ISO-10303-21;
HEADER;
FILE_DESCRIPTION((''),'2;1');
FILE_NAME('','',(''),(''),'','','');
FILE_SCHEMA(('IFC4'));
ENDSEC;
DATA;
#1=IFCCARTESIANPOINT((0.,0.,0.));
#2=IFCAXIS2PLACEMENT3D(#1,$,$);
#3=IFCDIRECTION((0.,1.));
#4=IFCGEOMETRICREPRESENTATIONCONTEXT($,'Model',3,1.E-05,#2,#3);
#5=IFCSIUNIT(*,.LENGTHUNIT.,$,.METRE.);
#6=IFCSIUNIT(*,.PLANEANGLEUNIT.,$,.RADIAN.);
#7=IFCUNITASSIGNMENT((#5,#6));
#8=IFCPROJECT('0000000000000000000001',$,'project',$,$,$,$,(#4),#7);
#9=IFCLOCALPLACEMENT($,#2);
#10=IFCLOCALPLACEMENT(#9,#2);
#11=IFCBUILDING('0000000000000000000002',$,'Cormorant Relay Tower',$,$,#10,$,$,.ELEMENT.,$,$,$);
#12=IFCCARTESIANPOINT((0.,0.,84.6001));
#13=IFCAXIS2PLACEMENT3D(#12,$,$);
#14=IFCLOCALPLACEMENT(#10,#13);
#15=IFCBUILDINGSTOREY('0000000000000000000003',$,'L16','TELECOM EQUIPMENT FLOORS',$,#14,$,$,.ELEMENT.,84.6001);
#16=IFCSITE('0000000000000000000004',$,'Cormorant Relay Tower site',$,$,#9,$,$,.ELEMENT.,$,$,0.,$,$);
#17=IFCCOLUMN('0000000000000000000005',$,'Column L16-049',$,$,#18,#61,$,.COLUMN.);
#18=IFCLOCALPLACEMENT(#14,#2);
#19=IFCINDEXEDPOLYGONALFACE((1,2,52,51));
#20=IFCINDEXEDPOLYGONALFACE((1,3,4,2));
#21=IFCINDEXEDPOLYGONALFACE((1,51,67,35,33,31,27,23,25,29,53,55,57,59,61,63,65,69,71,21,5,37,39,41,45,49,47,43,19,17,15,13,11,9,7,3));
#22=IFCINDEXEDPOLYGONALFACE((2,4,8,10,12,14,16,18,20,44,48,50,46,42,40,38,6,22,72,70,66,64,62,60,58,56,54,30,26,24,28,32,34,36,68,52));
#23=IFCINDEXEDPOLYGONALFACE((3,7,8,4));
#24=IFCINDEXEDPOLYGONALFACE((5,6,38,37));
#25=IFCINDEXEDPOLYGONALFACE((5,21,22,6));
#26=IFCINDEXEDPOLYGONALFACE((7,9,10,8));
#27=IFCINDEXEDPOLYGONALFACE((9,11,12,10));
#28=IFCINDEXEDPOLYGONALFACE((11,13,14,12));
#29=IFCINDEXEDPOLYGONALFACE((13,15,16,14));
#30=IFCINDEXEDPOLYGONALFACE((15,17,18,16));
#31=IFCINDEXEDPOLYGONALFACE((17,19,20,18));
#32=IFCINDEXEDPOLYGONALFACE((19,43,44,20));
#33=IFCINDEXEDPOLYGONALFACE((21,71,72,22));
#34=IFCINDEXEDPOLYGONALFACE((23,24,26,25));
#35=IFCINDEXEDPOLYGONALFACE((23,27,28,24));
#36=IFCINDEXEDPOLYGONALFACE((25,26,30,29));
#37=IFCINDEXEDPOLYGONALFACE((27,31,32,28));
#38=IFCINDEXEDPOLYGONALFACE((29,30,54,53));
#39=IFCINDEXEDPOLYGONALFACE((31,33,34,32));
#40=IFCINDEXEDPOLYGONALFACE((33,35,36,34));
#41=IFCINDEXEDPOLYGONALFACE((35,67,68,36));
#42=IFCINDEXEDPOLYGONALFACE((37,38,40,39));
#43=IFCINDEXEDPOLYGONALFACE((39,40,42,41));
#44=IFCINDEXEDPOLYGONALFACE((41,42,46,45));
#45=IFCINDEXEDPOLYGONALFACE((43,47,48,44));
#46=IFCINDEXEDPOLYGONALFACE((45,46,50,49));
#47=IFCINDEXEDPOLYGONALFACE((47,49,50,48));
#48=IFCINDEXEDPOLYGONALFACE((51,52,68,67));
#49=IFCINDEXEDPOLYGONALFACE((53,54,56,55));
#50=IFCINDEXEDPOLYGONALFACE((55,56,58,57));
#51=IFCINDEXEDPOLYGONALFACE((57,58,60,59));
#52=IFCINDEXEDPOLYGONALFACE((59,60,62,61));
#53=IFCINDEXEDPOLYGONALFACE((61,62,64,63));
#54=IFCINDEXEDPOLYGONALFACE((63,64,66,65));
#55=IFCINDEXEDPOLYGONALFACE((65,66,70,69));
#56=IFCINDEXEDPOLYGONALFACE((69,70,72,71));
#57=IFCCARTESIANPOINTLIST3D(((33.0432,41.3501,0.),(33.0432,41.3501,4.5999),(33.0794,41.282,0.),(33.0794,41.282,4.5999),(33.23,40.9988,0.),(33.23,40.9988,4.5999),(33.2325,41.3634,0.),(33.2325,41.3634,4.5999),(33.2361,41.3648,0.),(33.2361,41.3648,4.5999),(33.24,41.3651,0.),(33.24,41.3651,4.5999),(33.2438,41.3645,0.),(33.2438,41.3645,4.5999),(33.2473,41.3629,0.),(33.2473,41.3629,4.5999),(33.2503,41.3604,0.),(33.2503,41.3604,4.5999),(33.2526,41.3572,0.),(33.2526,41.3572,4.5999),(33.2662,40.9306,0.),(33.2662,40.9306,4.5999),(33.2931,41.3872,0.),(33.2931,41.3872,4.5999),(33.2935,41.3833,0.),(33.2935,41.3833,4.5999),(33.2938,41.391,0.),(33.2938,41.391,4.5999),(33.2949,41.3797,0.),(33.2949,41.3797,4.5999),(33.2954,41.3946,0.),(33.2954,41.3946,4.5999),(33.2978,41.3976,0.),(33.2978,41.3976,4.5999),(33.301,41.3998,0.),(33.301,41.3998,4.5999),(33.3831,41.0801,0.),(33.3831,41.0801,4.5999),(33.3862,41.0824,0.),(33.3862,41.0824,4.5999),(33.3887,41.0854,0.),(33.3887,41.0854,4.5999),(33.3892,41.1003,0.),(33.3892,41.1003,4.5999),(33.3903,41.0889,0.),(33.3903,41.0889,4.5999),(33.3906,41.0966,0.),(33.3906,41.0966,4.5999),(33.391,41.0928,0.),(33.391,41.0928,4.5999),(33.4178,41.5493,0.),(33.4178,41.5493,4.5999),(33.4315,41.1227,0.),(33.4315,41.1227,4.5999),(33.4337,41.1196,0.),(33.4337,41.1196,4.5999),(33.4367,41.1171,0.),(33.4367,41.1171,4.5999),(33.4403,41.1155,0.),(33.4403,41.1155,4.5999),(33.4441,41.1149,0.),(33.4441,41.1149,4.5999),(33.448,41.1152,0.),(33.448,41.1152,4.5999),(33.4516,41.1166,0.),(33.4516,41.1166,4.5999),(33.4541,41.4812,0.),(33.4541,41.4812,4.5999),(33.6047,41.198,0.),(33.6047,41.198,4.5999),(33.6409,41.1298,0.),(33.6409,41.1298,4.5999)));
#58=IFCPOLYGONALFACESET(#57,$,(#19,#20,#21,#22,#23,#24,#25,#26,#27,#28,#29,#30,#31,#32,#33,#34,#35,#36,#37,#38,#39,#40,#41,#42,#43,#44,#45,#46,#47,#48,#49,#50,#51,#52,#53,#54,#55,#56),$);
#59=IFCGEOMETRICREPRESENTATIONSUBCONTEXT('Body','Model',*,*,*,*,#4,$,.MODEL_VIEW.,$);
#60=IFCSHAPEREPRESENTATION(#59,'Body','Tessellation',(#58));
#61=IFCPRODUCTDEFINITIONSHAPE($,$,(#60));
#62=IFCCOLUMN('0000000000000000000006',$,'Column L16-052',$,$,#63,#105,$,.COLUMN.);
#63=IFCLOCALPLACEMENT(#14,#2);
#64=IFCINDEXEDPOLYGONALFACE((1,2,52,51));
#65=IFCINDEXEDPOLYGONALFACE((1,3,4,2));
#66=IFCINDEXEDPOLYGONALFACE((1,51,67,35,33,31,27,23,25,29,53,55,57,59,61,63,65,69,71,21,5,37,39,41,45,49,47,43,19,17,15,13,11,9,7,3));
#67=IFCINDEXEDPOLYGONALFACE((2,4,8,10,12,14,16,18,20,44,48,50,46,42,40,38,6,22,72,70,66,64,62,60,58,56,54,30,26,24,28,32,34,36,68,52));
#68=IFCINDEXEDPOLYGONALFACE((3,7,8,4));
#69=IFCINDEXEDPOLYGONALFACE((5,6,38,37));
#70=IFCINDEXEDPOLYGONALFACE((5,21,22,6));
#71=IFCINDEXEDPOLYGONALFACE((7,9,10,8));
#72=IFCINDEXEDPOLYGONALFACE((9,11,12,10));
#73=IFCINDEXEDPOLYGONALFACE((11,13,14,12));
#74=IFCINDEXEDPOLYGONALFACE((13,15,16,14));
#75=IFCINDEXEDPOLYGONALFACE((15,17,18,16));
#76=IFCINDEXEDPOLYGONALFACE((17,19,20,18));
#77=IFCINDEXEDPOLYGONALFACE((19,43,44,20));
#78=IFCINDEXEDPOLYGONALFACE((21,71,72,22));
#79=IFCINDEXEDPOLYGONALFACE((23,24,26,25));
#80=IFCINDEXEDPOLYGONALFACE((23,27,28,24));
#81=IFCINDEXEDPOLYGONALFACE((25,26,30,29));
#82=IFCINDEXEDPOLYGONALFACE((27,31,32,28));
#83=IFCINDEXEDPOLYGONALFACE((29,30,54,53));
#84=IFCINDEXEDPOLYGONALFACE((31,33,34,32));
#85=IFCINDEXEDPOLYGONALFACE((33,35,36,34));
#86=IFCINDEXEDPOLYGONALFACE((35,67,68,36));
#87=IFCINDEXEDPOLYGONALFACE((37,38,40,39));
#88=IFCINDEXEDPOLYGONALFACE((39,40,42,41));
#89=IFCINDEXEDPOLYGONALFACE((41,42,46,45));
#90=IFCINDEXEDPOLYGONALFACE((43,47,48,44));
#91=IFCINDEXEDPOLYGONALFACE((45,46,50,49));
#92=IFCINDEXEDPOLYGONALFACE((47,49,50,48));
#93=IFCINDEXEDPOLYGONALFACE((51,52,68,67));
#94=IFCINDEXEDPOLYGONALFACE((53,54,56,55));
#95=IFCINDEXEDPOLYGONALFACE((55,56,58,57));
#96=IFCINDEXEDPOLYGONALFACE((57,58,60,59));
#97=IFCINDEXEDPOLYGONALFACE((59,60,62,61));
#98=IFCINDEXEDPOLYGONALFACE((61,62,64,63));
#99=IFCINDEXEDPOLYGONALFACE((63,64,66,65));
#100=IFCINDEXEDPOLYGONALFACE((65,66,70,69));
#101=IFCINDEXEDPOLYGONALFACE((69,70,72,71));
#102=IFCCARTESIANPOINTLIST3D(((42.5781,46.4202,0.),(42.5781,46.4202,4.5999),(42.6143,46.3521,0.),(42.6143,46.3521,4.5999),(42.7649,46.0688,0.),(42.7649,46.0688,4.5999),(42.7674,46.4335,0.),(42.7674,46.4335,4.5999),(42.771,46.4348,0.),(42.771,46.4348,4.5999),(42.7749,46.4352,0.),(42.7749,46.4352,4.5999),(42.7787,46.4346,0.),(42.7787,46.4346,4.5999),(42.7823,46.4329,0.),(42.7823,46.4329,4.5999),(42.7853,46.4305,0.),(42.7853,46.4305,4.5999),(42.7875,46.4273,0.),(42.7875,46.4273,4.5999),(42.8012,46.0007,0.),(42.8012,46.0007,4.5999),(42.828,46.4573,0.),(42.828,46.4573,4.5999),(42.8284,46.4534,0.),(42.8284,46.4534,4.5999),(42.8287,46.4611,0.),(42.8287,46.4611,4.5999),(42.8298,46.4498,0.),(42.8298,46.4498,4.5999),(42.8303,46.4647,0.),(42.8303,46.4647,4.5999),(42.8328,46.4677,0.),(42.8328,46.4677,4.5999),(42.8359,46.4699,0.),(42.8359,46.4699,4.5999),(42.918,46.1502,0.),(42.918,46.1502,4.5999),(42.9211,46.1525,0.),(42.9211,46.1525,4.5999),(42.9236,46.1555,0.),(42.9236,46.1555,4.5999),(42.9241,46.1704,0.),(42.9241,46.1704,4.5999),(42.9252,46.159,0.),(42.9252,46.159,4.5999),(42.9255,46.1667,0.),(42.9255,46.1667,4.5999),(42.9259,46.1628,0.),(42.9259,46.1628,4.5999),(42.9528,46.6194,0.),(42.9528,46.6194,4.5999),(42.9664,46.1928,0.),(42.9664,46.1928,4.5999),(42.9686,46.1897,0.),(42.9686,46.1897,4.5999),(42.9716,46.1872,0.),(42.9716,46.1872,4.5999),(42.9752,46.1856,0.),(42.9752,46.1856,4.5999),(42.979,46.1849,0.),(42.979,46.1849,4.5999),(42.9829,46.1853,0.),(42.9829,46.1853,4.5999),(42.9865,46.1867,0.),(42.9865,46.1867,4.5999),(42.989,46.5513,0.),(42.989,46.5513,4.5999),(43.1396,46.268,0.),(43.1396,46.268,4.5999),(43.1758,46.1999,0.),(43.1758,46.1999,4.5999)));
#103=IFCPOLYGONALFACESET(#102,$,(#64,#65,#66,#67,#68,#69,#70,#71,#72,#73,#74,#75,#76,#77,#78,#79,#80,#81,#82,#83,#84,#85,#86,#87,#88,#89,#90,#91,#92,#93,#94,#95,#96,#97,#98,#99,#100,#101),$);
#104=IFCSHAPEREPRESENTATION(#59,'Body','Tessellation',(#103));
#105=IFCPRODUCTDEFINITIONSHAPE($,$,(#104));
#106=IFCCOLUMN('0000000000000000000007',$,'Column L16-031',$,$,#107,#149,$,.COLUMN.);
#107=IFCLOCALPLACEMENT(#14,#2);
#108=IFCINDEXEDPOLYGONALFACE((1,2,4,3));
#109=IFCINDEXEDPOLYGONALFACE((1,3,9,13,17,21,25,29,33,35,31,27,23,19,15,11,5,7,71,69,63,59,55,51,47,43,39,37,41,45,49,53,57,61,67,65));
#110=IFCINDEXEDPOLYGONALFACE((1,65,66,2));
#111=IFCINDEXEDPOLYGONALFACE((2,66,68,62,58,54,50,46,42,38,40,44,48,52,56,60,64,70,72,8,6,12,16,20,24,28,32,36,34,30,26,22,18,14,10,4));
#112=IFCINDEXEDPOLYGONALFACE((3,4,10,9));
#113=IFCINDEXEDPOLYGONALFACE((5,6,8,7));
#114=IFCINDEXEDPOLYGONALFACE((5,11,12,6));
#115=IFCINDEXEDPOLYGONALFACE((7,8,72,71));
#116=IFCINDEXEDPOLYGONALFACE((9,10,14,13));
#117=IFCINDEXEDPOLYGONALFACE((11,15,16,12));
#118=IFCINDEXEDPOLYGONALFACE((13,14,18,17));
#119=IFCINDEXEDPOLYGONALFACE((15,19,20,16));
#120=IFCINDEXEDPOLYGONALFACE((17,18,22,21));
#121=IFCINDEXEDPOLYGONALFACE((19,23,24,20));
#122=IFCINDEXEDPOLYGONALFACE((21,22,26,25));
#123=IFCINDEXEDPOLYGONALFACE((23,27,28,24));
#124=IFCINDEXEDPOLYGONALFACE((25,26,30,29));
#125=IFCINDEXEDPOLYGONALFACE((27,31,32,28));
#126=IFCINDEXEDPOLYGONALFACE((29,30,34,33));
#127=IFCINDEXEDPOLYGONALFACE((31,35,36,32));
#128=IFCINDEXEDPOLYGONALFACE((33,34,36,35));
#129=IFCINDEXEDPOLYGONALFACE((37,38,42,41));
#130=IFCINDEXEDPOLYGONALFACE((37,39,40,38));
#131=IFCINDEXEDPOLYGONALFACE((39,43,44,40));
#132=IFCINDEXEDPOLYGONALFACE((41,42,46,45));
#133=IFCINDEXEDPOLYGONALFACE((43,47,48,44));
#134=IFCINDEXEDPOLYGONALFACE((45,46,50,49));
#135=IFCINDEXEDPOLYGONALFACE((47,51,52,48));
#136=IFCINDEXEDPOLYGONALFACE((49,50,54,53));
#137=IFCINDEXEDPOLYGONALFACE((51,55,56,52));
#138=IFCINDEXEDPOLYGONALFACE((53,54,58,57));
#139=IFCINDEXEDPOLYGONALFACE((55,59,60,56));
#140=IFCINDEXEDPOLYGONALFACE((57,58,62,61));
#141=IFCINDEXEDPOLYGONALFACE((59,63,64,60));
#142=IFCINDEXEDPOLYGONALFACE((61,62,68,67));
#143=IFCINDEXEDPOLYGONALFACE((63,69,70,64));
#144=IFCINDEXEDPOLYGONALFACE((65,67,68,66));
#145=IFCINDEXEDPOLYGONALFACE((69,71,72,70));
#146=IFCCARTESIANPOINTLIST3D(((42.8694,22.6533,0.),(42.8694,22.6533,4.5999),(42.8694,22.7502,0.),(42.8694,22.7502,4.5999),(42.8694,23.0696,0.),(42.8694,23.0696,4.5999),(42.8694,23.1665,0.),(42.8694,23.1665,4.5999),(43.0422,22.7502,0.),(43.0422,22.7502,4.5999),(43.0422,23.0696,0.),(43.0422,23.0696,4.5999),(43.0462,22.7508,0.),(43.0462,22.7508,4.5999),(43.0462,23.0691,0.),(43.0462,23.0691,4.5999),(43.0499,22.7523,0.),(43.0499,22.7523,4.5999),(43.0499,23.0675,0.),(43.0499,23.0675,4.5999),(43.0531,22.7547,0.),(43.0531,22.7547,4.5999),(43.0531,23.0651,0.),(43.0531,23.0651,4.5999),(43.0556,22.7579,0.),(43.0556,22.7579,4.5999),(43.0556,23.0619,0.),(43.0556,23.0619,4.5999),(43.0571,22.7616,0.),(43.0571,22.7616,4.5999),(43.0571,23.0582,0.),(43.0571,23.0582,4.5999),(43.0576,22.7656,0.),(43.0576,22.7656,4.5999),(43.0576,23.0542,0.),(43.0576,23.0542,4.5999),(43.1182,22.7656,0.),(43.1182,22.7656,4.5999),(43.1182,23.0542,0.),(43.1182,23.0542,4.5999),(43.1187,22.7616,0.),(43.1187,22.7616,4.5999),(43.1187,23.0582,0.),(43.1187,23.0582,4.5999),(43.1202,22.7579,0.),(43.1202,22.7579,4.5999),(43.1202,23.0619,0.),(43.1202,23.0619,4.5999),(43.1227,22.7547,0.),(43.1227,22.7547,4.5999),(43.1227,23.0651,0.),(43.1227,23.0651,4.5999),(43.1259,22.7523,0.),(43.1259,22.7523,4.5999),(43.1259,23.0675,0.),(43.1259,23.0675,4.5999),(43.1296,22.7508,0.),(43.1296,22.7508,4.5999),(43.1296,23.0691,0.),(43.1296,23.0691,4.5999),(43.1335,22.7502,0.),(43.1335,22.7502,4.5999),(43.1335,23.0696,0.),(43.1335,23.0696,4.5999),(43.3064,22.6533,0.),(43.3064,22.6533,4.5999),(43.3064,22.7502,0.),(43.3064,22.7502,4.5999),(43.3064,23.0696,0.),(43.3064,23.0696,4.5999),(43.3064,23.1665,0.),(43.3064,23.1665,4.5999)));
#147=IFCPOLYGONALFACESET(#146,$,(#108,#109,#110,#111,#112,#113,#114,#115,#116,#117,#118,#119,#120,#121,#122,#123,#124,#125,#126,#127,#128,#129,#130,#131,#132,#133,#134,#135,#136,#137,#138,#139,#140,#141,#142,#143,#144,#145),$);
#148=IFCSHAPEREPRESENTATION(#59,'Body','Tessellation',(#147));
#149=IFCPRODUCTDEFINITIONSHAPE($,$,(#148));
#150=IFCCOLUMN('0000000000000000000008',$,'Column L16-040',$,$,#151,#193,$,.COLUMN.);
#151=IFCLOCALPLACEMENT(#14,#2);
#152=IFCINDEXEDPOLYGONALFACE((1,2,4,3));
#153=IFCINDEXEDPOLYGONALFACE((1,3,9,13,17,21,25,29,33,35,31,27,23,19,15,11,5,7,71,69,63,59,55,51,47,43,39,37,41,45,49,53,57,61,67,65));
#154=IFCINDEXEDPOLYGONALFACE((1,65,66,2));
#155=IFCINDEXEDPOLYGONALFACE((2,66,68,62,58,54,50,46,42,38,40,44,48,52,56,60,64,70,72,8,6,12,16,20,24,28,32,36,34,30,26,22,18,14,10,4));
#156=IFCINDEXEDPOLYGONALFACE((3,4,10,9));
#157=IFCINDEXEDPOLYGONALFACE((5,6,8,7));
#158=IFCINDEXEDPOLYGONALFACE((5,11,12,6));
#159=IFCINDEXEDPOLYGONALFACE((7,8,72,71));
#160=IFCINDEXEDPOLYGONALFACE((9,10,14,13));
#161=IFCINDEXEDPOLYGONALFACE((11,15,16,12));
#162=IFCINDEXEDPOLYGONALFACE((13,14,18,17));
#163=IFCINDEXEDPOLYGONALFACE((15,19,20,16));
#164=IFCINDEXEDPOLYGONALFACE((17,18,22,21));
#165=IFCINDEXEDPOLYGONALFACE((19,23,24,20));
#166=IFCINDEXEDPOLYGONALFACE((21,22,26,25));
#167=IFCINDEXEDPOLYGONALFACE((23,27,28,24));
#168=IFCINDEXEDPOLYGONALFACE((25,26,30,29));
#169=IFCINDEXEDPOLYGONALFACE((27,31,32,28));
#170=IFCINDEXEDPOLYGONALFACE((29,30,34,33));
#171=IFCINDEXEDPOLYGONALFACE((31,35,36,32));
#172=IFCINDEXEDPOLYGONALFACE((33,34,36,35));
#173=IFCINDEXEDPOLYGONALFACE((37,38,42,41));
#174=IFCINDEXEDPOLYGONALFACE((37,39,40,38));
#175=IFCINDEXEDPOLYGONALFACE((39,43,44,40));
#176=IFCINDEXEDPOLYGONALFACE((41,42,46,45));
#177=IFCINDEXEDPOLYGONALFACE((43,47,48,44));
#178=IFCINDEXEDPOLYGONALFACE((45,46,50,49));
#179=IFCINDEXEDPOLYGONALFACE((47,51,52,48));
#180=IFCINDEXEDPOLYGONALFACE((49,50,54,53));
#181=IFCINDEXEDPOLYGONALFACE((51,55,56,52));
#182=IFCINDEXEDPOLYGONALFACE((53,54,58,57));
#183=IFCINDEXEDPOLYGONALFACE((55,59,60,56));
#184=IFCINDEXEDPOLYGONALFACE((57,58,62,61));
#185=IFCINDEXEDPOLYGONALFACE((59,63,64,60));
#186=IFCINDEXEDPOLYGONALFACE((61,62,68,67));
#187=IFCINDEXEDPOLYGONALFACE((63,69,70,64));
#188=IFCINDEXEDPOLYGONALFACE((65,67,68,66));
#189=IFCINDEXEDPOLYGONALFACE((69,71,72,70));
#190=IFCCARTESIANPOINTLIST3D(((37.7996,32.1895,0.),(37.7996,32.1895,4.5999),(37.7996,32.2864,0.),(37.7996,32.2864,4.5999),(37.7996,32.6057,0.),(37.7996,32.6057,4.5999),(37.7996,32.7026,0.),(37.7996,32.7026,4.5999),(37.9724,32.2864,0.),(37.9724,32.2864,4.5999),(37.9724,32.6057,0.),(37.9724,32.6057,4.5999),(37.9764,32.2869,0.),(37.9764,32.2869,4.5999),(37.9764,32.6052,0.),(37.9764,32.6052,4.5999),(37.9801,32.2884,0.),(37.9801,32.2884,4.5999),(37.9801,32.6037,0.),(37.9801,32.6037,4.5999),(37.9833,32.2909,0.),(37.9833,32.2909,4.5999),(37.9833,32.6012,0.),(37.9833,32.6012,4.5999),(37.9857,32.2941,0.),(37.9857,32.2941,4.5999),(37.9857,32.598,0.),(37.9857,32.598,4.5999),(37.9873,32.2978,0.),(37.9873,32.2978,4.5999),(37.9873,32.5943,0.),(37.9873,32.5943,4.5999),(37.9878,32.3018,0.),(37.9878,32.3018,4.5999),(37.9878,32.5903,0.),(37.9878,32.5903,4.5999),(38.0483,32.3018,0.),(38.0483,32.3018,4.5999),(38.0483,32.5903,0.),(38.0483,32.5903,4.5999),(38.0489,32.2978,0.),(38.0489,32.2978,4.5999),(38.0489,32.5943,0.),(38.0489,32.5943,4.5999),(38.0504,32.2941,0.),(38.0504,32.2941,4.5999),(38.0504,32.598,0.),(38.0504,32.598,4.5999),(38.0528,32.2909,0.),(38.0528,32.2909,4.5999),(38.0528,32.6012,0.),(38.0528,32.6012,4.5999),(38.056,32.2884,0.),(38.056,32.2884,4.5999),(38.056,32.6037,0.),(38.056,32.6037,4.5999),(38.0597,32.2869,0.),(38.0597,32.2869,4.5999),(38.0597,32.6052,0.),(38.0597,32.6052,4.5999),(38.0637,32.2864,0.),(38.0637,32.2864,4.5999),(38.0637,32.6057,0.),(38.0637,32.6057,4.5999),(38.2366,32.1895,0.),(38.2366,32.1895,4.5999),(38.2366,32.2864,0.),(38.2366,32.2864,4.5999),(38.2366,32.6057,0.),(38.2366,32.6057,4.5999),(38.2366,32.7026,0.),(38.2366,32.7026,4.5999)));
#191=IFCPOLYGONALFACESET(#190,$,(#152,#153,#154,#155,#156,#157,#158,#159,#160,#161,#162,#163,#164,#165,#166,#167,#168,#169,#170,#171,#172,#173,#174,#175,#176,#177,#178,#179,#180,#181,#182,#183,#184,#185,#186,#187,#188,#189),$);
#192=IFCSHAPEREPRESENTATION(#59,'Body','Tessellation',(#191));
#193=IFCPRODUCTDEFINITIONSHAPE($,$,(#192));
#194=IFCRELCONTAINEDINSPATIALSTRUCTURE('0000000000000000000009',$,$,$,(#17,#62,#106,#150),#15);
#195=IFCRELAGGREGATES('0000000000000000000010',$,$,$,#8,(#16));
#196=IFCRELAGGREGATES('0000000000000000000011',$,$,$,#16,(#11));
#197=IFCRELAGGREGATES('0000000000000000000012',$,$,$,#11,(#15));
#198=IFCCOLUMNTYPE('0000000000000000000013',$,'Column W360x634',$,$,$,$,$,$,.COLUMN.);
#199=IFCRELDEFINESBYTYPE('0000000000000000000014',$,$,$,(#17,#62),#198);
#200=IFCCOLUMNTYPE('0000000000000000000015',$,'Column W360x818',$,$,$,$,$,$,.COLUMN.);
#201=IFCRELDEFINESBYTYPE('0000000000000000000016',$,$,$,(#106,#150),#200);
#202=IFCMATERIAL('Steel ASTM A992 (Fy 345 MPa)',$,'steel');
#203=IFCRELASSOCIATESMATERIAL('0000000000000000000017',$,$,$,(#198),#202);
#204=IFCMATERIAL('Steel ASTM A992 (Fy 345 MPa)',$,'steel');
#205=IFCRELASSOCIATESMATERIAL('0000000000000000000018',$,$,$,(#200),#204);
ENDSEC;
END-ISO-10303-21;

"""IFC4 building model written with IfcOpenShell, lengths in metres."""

from ifc_helpers import new_model, si_unit, direction, frame, origin, origin_2d, place, context, subcontext, project, spatial, i_section, extrude, material, material_profile, profile_set, type_object, element, save


model = new_model("IFC4")

# Units and contexts
model_context = context("Model", 3, precision=1e-05, world=origin(), true_north=direction((0.0, 1.0)))
body_context = subcontext(model_context, "Body", "Model", "MODEL_VIEW")
ifc_project = project(units=[si_unit("LENGTHUNIT", "METRE"), si_unit("PLANEANGLEUNIT", "RADIAN")], contexts=[model_context])

# Site, building, storey
site_placement = place(None, origin())
site = spatial("IfcSite", under=ifc_project, at=site_placement, Name="Cormorant Relay Tower site", CompositionType="ELEMENT", RefElevation=0.0)
building_placement = place(site_placement, origin())
building = spatial("IfcBuilding", under=site, at=building_placement, Name="Cormorant Relay Tower", CompositionType="ELEMENT")
storey_placement = place(building_placement, frame((0.0, 0.0, 84.6001)))
storey = spatial("IfcBuildingStorey", under=building, at=storey_placement, Name="L16", Description="TELECOM EQUIPMENT FLOORS", CompositionType="ELEMENT", Elevation=84.6001)

# Columns
ifc_material_1 = material(Name="Steel ASTM A992 (Fy 345 MPa)", Category="steel")
ifc_material_profile_1 = material_profile(ifc_material_1, i_section(OverallWidth=0.4243, OverallDepth=0.4751, WebThickness=0.0479, FlangeThickness=0.0771, FilletRadius=0.0149, at=origin_2d()), Name="W360x634")
ifc_profile_set_1 = profile_set([ifc_material_profile_1], Name="Steel ASTM A992 (Fy 345 MPa)")
column_type_1 = type_object("IfcColumnType", Name="Column W360x634", PredefinedType="COLUMN", material=ifc_profile_set_1)
for number, where, z_axis, x_axis, name in (
    (1, (33.342, 41.24, 0.0), (0.0, 0.0, 1.0), (-0.882948, -0.469472, 0.0), "Column L16-049"),
    (2, (42.877, 46.3101, 0.0), (0.0, 0.0, 1.0), (-0.882948, -0.469472, 0.0), "Column L16-052"),
):
    element("IfcColumn", number, at=place(storey_placement, frame(where, z_axis=z_axis, x_axis=x_axis)), inside=storey, type_object=column_type_1, Name=name, PredefinedType="COLUMN", context=body_context, shape_type="SweptSolid", body=[
        extrude(i_section(OverallWidth=0.4243, OverallDepth=0.4751, WebThickness=0.0479, FlangeThickness=0.0771, FilletRadius=0.0149, at=origin_2d()), origin(), (0.0, 0.0, 1.0), 4.5999),
    ])
ifc_material_2 = material(Name="Steel ASTM A992 (Fy 345 MPa)", Category="steel")
ifc_material_profile_2 = material_profile(ifc_material_2, i_section(OverallWidth=0.437, OverallDepth=0.5132, WebThickness=0.0605, FlangeThickness=0.0969, FilletRadius=0.0154, at=origin_2d()), Name="W360x818")
ifc_profile_set_2 = profile_set([ifc_material_profile_2], Name="Steel ASTM A992 (Fy 345 MPa)")
column_type_2 = type_object("IfcColumnType", Name="Column W360x818", PredefinedType="COLUMN", material=ifc_profile_set_2)
for number, where, z_axis, x_axis, name in (
    (3, (43.0879, 22.9099, 0.0), (0.0, 0.0, 1.0), (1.0, 0.0, 0.0), "Column L16-031"),
    (4, (38.0181, 32.446, 0.0), (0.0, 0.0, 1.0), (1.0, 0.0, 0.0), "Column L16-040"),
):
    element("IfcColumn", number, at=place(storey_placement, frame(where, z_axis=z_axis, x_axis=x_axis)), inside=storey, type_object=column_type_2, Name=name, PredefinedType="COLUMN", context=body_context, shape_type="SweptSolid", body=[
        extrude(i_section(OverallWidth=0.437, OverallDepth=0.5132, WebThickness=0.0605, FlangeThickness=0.0969, FilletRadius=0.0154, at=origin_2d()), origin(), (0.0, 0.0, 1.0), 4.5999),
    ])

save(model, "model.ifc")
